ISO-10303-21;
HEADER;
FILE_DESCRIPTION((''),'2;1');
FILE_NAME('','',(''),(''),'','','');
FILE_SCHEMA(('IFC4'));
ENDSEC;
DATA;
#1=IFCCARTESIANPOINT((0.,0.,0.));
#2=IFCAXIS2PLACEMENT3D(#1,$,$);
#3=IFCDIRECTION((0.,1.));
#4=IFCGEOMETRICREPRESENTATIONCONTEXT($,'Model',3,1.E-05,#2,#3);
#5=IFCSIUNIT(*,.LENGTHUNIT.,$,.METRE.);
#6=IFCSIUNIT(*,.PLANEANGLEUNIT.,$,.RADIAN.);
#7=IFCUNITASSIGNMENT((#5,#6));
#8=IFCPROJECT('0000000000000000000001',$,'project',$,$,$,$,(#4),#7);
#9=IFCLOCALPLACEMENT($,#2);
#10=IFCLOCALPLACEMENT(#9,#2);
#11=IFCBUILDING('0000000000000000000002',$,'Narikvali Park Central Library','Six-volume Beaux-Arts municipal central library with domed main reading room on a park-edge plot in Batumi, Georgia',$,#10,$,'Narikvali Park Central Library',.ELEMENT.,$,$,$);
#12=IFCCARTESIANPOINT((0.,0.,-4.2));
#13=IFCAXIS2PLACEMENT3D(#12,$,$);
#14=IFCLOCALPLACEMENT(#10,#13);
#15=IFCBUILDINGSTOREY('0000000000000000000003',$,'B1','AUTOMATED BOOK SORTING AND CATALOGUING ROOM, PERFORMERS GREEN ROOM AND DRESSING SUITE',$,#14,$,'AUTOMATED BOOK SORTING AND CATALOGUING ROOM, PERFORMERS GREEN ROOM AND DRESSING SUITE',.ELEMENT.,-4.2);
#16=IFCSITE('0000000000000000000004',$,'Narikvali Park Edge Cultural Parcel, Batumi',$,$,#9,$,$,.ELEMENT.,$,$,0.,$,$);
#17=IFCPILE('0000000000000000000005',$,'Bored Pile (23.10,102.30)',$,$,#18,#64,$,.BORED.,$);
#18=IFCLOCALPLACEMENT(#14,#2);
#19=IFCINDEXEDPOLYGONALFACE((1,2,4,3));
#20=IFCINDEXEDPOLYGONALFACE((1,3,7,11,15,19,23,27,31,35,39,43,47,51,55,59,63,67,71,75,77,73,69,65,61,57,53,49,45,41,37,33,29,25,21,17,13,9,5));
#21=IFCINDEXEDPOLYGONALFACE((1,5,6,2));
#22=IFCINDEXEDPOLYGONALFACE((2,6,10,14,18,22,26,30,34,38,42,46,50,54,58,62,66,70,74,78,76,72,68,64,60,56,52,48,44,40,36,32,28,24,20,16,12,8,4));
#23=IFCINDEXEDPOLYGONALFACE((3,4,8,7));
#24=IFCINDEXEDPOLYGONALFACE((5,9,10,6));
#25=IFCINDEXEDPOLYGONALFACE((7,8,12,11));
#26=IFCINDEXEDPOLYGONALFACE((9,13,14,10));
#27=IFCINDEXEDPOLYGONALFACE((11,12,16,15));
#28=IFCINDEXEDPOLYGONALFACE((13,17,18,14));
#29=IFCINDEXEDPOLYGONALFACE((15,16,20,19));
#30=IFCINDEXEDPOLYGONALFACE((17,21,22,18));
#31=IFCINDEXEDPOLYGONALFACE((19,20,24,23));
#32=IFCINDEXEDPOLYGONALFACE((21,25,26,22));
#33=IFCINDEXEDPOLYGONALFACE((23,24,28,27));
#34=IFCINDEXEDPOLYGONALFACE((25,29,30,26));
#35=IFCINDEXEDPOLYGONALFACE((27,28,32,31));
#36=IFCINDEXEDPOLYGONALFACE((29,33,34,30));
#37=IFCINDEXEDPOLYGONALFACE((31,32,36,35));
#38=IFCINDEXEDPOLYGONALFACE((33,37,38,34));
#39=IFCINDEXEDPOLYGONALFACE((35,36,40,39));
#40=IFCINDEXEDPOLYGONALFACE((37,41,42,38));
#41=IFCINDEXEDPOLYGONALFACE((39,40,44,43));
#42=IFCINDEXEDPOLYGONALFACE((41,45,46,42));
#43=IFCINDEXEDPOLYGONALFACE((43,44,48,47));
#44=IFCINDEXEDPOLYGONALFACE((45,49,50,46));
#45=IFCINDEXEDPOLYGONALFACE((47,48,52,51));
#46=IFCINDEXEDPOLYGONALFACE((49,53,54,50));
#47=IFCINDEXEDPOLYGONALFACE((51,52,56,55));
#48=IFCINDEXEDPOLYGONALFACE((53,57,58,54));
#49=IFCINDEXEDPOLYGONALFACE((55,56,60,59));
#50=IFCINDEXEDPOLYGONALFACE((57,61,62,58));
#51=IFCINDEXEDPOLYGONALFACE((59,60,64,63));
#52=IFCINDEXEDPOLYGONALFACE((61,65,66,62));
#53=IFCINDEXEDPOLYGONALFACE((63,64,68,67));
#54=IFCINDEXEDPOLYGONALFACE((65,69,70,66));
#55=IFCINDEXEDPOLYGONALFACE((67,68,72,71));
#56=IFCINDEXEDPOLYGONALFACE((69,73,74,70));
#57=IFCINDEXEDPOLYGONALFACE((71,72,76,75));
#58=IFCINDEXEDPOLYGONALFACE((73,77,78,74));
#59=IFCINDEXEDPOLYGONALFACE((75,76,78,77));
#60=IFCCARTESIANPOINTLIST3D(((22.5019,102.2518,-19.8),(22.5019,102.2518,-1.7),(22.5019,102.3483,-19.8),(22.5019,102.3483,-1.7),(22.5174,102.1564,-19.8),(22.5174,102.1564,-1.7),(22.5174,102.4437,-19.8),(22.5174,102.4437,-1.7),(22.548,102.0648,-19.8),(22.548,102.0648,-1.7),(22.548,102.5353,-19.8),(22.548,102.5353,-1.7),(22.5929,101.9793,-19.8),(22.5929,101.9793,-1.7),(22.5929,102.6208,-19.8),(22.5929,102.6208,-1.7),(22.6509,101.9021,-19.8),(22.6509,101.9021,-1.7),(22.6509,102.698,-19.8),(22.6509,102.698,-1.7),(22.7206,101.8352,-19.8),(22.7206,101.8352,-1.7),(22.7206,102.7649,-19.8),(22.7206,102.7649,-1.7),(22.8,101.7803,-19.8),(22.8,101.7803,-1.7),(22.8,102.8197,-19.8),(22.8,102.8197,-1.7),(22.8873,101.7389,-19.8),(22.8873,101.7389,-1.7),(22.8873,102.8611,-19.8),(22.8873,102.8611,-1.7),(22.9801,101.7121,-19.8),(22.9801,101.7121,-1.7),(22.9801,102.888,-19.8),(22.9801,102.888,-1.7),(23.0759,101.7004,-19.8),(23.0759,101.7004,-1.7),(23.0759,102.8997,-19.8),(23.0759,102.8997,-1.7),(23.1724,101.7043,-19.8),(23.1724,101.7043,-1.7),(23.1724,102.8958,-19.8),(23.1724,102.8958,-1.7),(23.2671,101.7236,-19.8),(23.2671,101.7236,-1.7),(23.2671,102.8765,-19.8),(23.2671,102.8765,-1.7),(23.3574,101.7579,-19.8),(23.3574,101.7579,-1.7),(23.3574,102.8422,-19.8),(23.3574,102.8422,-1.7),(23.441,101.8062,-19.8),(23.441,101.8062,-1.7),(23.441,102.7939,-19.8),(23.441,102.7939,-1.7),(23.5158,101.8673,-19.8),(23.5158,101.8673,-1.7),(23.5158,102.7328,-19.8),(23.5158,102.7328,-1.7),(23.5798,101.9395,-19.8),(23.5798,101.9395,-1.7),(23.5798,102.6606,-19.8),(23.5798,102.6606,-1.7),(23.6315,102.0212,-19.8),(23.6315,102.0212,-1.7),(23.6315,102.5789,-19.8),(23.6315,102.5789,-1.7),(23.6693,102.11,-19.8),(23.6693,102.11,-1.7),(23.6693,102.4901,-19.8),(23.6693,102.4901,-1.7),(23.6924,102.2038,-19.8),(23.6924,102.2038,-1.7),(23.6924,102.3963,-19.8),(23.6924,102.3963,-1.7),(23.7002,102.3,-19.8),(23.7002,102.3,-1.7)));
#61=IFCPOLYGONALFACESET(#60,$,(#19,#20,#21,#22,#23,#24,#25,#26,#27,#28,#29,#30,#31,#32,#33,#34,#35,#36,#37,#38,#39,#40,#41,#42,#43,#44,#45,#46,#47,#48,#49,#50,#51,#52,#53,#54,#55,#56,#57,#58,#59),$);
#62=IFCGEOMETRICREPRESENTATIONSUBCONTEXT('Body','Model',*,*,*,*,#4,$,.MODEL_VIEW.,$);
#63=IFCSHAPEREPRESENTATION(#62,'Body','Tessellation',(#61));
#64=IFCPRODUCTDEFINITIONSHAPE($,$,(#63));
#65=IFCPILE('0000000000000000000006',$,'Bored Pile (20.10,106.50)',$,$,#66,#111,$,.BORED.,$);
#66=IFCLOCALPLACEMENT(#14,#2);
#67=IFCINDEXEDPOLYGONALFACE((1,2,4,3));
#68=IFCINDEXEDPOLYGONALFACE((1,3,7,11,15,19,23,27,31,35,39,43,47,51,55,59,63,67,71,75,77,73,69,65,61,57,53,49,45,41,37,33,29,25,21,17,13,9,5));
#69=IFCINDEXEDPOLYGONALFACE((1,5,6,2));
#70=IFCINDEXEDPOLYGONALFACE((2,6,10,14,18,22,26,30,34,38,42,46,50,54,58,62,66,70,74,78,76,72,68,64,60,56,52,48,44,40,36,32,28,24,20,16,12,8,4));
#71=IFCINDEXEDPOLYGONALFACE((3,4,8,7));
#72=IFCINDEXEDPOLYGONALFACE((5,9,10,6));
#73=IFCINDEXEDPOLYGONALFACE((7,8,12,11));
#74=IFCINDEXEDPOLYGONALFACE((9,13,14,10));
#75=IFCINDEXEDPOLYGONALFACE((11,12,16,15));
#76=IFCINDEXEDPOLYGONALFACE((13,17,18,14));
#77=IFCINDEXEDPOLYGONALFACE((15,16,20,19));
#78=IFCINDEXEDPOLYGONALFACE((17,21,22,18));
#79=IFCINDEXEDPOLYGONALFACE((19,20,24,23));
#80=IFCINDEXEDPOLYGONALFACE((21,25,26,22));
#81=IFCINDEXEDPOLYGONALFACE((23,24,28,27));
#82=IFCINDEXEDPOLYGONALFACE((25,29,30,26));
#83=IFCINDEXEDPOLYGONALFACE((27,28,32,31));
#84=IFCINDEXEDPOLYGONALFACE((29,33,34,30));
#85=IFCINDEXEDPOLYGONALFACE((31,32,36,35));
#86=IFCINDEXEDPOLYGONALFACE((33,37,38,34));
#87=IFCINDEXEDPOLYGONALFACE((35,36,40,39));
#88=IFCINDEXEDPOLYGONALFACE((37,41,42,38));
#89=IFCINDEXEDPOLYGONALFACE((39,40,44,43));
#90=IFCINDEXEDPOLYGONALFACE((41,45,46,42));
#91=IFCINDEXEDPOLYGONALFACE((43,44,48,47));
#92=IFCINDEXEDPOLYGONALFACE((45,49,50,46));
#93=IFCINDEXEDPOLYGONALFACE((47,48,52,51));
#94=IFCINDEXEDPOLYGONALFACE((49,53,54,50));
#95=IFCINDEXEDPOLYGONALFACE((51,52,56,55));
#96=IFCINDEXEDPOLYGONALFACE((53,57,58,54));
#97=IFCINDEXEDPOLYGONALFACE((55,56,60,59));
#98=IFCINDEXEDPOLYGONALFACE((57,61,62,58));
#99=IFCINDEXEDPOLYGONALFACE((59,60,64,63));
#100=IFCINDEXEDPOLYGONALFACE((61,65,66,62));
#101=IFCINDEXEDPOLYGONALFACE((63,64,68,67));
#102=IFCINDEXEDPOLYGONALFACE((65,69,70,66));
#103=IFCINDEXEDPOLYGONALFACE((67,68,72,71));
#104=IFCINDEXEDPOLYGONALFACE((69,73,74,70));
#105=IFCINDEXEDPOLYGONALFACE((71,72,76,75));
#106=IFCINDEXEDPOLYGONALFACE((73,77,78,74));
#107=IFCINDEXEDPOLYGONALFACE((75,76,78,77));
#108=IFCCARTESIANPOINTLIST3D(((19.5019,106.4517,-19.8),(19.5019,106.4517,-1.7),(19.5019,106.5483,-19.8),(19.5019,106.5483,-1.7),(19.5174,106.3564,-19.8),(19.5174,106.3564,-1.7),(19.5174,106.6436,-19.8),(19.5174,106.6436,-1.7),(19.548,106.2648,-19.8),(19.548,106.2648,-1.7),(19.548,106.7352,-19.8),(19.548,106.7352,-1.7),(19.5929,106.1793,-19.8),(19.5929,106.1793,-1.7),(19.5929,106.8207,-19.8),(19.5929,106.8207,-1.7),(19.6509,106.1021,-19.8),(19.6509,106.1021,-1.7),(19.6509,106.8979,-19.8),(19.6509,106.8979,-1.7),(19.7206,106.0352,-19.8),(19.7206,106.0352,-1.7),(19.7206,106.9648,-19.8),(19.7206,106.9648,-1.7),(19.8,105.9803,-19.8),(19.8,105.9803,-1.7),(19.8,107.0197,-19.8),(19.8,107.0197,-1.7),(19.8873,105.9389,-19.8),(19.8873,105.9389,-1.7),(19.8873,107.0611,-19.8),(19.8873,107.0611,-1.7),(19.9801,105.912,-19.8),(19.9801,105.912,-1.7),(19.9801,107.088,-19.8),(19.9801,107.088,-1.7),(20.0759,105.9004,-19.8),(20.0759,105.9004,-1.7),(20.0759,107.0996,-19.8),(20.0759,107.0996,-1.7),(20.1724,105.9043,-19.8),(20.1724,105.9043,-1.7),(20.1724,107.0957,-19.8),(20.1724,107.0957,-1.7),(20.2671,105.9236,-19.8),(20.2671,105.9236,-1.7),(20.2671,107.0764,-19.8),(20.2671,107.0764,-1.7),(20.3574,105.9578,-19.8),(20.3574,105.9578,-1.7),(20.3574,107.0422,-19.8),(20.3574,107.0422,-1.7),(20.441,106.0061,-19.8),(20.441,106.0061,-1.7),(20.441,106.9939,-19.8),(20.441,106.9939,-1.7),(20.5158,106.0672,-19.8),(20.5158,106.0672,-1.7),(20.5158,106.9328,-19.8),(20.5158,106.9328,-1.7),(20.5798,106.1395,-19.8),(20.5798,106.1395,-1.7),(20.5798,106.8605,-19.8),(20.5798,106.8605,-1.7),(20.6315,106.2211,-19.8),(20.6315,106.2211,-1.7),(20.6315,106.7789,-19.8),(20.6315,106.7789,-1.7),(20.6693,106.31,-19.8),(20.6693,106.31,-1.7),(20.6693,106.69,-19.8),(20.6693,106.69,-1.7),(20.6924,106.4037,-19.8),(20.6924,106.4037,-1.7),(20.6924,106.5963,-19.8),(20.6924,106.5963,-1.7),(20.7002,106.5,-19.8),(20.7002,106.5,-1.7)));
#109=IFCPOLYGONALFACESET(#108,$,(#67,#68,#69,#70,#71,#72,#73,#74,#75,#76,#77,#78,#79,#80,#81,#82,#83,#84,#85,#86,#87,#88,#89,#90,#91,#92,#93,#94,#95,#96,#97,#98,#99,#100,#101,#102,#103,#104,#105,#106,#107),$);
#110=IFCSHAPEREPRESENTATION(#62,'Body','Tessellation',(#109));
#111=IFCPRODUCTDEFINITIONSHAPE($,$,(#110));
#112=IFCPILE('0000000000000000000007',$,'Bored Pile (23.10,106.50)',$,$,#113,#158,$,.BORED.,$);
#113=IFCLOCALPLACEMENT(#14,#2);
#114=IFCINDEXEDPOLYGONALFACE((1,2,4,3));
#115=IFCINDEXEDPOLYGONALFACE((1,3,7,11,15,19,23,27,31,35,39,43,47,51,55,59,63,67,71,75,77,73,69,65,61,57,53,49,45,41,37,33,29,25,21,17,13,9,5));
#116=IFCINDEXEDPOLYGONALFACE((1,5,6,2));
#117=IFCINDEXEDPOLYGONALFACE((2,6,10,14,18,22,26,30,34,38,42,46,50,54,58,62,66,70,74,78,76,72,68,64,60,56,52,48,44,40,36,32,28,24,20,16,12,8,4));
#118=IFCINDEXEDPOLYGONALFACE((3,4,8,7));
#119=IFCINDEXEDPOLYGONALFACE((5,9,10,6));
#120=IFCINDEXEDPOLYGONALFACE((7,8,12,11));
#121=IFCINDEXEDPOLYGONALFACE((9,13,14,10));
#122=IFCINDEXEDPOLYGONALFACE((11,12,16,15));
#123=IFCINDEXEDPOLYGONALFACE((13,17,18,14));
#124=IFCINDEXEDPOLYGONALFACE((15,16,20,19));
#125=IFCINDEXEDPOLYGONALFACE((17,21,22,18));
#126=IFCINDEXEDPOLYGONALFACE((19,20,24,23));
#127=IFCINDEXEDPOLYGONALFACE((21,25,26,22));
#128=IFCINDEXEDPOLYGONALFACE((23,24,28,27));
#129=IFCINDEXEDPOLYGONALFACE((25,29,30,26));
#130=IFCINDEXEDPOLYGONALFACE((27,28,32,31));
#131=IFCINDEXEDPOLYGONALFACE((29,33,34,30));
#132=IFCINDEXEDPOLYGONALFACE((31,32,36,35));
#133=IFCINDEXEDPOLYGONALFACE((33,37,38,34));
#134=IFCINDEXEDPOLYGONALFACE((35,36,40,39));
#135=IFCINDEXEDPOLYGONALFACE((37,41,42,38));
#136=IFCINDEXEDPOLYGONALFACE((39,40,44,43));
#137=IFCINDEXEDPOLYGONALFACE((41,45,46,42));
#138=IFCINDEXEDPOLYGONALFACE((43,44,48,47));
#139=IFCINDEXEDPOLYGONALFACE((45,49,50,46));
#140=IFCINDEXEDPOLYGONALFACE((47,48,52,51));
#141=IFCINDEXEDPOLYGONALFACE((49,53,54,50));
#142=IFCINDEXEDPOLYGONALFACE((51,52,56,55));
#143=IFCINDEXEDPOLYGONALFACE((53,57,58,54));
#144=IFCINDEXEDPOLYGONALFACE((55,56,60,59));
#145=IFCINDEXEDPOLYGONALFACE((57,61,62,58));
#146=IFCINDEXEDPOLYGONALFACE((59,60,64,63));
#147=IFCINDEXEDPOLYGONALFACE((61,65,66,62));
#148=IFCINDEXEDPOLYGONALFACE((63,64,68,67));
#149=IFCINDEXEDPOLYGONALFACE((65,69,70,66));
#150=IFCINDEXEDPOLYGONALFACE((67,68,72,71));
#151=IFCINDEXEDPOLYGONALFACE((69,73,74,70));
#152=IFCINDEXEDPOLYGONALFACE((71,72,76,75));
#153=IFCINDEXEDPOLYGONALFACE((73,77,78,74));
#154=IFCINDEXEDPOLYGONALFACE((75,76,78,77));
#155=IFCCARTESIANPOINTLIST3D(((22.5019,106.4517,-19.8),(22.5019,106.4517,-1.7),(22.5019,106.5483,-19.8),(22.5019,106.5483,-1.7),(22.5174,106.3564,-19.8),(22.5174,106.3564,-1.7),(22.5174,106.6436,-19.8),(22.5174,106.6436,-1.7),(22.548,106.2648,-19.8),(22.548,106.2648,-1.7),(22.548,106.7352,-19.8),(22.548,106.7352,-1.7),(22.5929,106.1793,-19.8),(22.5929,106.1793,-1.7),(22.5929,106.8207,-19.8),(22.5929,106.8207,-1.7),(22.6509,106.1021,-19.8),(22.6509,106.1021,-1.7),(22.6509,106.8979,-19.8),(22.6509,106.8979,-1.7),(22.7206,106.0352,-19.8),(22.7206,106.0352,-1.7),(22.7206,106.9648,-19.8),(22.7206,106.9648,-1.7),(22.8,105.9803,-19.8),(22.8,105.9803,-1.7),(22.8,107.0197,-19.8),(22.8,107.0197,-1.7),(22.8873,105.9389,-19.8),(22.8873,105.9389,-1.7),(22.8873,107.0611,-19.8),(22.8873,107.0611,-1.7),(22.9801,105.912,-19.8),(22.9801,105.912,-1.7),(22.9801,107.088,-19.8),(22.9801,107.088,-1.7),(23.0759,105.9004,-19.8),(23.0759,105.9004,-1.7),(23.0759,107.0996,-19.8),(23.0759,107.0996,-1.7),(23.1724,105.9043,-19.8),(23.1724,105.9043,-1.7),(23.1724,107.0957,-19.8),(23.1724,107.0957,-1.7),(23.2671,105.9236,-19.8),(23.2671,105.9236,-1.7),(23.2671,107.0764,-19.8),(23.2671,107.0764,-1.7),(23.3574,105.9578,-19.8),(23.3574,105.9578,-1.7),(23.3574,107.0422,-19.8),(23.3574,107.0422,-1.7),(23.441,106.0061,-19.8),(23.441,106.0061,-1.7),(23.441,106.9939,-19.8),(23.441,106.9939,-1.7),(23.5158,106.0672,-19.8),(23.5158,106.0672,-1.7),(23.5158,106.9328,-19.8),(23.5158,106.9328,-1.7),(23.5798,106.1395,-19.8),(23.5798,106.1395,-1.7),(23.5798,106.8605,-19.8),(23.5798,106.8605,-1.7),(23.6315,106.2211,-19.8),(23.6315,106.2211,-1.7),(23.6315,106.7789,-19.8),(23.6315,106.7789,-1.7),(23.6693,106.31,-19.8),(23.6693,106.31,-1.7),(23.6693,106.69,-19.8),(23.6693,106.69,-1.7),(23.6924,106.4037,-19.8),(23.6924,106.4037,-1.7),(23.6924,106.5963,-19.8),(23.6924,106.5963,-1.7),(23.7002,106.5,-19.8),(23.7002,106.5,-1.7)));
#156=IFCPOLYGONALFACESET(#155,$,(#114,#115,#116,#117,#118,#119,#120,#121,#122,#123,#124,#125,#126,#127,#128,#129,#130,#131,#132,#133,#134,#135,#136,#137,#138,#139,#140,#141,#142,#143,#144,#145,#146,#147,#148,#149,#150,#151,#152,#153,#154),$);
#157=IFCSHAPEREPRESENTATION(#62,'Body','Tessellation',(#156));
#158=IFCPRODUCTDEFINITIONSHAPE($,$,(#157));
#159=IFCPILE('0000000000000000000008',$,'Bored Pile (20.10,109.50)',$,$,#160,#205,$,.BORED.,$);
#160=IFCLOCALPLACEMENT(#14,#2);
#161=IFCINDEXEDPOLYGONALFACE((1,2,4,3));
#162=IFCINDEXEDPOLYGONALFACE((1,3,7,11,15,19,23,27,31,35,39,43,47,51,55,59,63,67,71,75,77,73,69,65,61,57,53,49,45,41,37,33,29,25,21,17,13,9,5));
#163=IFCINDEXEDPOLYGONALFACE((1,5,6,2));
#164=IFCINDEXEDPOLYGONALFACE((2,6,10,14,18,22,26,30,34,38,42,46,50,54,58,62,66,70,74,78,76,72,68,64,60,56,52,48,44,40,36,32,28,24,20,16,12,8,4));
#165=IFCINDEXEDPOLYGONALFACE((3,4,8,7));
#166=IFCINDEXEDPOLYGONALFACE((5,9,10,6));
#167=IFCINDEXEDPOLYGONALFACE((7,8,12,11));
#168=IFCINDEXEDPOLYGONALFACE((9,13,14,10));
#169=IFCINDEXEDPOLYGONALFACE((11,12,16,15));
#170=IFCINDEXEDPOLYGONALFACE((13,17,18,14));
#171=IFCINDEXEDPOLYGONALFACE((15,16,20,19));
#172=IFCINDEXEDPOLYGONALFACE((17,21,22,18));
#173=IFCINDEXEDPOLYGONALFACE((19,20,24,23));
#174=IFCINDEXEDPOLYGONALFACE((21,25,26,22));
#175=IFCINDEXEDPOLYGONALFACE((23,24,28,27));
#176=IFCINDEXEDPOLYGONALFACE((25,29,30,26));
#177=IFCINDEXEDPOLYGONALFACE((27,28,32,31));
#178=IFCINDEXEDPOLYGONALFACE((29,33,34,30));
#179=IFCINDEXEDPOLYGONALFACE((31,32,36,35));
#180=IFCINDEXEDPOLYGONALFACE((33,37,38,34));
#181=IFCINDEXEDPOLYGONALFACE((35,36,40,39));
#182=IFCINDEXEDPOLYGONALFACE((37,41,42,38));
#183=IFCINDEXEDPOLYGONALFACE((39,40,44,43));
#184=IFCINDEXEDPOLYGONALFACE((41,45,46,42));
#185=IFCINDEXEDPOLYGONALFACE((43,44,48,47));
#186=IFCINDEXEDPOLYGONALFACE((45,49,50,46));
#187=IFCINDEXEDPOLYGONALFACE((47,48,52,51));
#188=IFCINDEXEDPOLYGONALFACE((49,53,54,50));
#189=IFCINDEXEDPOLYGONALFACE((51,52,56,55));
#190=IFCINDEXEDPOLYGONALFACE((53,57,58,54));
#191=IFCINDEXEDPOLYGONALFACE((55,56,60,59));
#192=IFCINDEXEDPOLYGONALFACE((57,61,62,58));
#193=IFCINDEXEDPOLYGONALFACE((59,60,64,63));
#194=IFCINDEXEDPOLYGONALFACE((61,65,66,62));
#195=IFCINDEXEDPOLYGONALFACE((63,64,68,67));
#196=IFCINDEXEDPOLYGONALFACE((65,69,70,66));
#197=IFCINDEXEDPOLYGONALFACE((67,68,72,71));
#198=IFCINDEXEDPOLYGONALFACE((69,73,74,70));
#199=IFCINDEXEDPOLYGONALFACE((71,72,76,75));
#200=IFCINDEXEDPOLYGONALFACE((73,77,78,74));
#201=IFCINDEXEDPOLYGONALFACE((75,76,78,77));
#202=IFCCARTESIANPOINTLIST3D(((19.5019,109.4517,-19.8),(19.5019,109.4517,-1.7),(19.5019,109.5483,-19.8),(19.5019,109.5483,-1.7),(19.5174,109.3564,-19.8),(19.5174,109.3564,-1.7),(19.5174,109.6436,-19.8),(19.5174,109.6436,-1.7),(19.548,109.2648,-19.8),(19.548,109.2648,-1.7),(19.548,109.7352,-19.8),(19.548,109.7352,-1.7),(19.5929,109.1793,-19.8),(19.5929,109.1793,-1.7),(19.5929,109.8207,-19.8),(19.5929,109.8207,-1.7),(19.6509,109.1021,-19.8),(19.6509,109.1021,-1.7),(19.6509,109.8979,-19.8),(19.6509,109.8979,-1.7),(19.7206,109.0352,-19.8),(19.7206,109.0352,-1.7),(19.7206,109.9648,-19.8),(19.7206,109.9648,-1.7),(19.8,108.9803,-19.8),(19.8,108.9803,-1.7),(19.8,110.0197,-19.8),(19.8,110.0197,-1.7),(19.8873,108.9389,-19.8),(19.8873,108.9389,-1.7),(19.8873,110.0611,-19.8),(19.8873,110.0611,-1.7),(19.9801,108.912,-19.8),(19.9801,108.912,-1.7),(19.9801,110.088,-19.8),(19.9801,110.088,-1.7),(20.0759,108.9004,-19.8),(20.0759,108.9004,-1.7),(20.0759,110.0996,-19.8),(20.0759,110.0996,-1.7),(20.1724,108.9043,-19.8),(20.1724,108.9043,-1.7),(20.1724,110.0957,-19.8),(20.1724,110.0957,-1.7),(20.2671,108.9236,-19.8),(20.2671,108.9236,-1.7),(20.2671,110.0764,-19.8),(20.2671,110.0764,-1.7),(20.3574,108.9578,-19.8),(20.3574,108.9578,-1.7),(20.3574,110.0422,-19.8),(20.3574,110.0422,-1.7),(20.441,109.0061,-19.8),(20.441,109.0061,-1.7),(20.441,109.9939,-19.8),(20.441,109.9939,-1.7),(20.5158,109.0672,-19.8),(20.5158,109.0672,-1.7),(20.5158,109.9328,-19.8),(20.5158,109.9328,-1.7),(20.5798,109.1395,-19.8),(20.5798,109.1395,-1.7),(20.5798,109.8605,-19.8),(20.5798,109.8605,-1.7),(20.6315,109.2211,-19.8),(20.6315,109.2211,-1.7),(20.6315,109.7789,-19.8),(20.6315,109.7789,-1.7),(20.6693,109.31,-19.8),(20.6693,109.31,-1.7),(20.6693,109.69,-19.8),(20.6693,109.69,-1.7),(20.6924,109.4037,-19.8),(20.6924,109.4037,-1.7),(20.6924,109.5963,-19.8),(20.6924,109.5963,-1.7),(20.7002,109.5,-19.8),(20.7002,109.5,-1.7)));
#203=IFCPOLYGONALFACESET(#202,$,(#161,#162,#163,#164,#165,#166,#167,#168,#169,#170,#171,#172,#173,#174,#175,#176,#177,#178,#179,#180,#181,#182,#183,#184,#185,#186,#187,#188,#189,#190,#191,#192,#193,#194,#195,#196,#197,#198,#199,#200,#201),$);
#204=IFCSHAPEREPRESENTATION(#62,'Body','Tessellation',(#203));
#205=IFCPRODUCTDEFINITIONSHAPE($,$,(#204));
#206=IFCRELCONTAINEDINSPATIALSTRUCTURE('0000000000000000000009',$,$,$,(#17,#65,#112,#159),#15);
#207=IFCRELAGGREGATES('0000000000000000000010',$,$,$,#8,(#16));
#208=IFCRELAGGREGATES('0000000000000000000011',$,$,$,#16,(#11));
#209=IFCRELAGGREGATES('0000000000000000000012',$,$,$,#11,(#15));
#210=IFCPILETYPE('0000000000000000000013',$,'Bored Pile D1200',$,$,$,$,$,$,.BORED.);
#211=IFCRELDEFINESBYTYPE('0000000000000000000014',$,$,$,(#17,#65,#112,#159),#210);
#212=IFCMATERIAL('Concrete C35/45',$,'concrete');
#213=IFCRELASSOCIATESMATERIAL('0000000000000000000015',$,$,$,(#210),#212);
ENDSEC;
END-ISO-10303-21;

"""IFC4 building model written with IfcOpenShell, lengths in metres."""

from ifc_helpers import new_model, si_unit, direction, frame, origin, origin_2d, place, context, subcontext, project, spatial, circle, extrude, material, material_profile, profile_set, type_object, element, save


model = new_model("IFC4")

# Units and contexts
model_context = context("Model", 3, precision=1e-05, world=origin(), true_north=direction((0.0, 1.0)))
body_context = subcontext(model_context, "Body", "Model", "MODEL_VIEW")
ifc_project = project(units=[si_unit("LENGTHUNIT", "METRE"), si_unit("PLANEANGLEUNIT", "RADIAN")], contexts=[model_context])

# Site, building, storey
site_placement = place(None, origin())
site = spatial("IfcSite", under=ifc_project, at=site_placement, Name="Narikvali Park Edge Cultural Parcel, Batumi", CompositionType="ELEMENT", RefElevation=0.0)
building_placement = place(site_placement, origin())
building = spatial("IfcBuilding", under=site, at=building_placement, Name="Narikvali Park Central Library", Description="Six-volume Beaux-Arts municipal central library with domed main reading room on a park-edge plot in Batumi, Georgia", LongName="Narikvali Park Central Library", CompositionType="ELEMENT")
storey_placement = place(building_placement, frame((0.0, 0.0, -4.2)))
storey = spatial("IfcBuildingStorey", under=building, at=storey_placement, Name="B1", Description="AUTOMATED BOOK SORTING AND CATALOGUING ROOM, PERFORMERS GREEN ROOM AND DRESSING SUITE", LongName="AUTOMATED BOOK SORTING AND CATALOGUING ROOM, PERFORMERS GREEN ROOM AND DRESSING SUITE", CompositionType="ELEMENT", Elevation=-4.2)

# Piles
ifc_material_1 = material(Name="Concrete C35/45", Category="concrete")
ifc_material_profile_1 = material_profile(ifc_material_1, circle(Radius=0.6001, at=origin_2d()), Name="PILE D1200")
ifc_profile_set_1 = profile_set([ifc_material_profile_1], Name="Concrete C35/45")
pile_type_1 = type_object("IfcPileType", Name="Bored Pile D1200", PredefinedType="BORED", material=ifc_profile_set_1)
for number, where, z_axis, x_axis, name in (
    (1, (23.1001, 102.3, -1.7), (0.0, 0.0, -1.0), (1.0, 0.0, 0.0), "Bored Pile (23.10,102.30)"),
    (2, (20.1001, 106.5, -1.7), (0.0, 0.0, -1.0), (1.0, 0.0, 0.0), "Bored Pile (20.10,106.50)"),
    (3, (23.1001, 106.5, -1.7), (0.0, 0.0, -1.0), (1.0, 0.0, 0.0), "Bored Pile (23.10,106.50)"),
    (4, (20.1001, 109.5, -1.7), (0.0, 0.0, -1.0), (1.0, 0.0, 0.0), "Bored Pile (20.10,109.50)"),
):
    element("IfcPile", number, at=place(storey_placement, frame(where, z_axis=z_axis, x_axis=x_axis)), inside=storey, type_object=pile_type_1, Name=name, PredefinedType="BORED", context=body_context, shape_type="SweptSolid", body=[
        extrude(circle(Radius=0.6001, at=origin_2d()), origin(), (0.0, 0.0, 1.0), 18.1001),
    ])

save(model, "model.ifc")
